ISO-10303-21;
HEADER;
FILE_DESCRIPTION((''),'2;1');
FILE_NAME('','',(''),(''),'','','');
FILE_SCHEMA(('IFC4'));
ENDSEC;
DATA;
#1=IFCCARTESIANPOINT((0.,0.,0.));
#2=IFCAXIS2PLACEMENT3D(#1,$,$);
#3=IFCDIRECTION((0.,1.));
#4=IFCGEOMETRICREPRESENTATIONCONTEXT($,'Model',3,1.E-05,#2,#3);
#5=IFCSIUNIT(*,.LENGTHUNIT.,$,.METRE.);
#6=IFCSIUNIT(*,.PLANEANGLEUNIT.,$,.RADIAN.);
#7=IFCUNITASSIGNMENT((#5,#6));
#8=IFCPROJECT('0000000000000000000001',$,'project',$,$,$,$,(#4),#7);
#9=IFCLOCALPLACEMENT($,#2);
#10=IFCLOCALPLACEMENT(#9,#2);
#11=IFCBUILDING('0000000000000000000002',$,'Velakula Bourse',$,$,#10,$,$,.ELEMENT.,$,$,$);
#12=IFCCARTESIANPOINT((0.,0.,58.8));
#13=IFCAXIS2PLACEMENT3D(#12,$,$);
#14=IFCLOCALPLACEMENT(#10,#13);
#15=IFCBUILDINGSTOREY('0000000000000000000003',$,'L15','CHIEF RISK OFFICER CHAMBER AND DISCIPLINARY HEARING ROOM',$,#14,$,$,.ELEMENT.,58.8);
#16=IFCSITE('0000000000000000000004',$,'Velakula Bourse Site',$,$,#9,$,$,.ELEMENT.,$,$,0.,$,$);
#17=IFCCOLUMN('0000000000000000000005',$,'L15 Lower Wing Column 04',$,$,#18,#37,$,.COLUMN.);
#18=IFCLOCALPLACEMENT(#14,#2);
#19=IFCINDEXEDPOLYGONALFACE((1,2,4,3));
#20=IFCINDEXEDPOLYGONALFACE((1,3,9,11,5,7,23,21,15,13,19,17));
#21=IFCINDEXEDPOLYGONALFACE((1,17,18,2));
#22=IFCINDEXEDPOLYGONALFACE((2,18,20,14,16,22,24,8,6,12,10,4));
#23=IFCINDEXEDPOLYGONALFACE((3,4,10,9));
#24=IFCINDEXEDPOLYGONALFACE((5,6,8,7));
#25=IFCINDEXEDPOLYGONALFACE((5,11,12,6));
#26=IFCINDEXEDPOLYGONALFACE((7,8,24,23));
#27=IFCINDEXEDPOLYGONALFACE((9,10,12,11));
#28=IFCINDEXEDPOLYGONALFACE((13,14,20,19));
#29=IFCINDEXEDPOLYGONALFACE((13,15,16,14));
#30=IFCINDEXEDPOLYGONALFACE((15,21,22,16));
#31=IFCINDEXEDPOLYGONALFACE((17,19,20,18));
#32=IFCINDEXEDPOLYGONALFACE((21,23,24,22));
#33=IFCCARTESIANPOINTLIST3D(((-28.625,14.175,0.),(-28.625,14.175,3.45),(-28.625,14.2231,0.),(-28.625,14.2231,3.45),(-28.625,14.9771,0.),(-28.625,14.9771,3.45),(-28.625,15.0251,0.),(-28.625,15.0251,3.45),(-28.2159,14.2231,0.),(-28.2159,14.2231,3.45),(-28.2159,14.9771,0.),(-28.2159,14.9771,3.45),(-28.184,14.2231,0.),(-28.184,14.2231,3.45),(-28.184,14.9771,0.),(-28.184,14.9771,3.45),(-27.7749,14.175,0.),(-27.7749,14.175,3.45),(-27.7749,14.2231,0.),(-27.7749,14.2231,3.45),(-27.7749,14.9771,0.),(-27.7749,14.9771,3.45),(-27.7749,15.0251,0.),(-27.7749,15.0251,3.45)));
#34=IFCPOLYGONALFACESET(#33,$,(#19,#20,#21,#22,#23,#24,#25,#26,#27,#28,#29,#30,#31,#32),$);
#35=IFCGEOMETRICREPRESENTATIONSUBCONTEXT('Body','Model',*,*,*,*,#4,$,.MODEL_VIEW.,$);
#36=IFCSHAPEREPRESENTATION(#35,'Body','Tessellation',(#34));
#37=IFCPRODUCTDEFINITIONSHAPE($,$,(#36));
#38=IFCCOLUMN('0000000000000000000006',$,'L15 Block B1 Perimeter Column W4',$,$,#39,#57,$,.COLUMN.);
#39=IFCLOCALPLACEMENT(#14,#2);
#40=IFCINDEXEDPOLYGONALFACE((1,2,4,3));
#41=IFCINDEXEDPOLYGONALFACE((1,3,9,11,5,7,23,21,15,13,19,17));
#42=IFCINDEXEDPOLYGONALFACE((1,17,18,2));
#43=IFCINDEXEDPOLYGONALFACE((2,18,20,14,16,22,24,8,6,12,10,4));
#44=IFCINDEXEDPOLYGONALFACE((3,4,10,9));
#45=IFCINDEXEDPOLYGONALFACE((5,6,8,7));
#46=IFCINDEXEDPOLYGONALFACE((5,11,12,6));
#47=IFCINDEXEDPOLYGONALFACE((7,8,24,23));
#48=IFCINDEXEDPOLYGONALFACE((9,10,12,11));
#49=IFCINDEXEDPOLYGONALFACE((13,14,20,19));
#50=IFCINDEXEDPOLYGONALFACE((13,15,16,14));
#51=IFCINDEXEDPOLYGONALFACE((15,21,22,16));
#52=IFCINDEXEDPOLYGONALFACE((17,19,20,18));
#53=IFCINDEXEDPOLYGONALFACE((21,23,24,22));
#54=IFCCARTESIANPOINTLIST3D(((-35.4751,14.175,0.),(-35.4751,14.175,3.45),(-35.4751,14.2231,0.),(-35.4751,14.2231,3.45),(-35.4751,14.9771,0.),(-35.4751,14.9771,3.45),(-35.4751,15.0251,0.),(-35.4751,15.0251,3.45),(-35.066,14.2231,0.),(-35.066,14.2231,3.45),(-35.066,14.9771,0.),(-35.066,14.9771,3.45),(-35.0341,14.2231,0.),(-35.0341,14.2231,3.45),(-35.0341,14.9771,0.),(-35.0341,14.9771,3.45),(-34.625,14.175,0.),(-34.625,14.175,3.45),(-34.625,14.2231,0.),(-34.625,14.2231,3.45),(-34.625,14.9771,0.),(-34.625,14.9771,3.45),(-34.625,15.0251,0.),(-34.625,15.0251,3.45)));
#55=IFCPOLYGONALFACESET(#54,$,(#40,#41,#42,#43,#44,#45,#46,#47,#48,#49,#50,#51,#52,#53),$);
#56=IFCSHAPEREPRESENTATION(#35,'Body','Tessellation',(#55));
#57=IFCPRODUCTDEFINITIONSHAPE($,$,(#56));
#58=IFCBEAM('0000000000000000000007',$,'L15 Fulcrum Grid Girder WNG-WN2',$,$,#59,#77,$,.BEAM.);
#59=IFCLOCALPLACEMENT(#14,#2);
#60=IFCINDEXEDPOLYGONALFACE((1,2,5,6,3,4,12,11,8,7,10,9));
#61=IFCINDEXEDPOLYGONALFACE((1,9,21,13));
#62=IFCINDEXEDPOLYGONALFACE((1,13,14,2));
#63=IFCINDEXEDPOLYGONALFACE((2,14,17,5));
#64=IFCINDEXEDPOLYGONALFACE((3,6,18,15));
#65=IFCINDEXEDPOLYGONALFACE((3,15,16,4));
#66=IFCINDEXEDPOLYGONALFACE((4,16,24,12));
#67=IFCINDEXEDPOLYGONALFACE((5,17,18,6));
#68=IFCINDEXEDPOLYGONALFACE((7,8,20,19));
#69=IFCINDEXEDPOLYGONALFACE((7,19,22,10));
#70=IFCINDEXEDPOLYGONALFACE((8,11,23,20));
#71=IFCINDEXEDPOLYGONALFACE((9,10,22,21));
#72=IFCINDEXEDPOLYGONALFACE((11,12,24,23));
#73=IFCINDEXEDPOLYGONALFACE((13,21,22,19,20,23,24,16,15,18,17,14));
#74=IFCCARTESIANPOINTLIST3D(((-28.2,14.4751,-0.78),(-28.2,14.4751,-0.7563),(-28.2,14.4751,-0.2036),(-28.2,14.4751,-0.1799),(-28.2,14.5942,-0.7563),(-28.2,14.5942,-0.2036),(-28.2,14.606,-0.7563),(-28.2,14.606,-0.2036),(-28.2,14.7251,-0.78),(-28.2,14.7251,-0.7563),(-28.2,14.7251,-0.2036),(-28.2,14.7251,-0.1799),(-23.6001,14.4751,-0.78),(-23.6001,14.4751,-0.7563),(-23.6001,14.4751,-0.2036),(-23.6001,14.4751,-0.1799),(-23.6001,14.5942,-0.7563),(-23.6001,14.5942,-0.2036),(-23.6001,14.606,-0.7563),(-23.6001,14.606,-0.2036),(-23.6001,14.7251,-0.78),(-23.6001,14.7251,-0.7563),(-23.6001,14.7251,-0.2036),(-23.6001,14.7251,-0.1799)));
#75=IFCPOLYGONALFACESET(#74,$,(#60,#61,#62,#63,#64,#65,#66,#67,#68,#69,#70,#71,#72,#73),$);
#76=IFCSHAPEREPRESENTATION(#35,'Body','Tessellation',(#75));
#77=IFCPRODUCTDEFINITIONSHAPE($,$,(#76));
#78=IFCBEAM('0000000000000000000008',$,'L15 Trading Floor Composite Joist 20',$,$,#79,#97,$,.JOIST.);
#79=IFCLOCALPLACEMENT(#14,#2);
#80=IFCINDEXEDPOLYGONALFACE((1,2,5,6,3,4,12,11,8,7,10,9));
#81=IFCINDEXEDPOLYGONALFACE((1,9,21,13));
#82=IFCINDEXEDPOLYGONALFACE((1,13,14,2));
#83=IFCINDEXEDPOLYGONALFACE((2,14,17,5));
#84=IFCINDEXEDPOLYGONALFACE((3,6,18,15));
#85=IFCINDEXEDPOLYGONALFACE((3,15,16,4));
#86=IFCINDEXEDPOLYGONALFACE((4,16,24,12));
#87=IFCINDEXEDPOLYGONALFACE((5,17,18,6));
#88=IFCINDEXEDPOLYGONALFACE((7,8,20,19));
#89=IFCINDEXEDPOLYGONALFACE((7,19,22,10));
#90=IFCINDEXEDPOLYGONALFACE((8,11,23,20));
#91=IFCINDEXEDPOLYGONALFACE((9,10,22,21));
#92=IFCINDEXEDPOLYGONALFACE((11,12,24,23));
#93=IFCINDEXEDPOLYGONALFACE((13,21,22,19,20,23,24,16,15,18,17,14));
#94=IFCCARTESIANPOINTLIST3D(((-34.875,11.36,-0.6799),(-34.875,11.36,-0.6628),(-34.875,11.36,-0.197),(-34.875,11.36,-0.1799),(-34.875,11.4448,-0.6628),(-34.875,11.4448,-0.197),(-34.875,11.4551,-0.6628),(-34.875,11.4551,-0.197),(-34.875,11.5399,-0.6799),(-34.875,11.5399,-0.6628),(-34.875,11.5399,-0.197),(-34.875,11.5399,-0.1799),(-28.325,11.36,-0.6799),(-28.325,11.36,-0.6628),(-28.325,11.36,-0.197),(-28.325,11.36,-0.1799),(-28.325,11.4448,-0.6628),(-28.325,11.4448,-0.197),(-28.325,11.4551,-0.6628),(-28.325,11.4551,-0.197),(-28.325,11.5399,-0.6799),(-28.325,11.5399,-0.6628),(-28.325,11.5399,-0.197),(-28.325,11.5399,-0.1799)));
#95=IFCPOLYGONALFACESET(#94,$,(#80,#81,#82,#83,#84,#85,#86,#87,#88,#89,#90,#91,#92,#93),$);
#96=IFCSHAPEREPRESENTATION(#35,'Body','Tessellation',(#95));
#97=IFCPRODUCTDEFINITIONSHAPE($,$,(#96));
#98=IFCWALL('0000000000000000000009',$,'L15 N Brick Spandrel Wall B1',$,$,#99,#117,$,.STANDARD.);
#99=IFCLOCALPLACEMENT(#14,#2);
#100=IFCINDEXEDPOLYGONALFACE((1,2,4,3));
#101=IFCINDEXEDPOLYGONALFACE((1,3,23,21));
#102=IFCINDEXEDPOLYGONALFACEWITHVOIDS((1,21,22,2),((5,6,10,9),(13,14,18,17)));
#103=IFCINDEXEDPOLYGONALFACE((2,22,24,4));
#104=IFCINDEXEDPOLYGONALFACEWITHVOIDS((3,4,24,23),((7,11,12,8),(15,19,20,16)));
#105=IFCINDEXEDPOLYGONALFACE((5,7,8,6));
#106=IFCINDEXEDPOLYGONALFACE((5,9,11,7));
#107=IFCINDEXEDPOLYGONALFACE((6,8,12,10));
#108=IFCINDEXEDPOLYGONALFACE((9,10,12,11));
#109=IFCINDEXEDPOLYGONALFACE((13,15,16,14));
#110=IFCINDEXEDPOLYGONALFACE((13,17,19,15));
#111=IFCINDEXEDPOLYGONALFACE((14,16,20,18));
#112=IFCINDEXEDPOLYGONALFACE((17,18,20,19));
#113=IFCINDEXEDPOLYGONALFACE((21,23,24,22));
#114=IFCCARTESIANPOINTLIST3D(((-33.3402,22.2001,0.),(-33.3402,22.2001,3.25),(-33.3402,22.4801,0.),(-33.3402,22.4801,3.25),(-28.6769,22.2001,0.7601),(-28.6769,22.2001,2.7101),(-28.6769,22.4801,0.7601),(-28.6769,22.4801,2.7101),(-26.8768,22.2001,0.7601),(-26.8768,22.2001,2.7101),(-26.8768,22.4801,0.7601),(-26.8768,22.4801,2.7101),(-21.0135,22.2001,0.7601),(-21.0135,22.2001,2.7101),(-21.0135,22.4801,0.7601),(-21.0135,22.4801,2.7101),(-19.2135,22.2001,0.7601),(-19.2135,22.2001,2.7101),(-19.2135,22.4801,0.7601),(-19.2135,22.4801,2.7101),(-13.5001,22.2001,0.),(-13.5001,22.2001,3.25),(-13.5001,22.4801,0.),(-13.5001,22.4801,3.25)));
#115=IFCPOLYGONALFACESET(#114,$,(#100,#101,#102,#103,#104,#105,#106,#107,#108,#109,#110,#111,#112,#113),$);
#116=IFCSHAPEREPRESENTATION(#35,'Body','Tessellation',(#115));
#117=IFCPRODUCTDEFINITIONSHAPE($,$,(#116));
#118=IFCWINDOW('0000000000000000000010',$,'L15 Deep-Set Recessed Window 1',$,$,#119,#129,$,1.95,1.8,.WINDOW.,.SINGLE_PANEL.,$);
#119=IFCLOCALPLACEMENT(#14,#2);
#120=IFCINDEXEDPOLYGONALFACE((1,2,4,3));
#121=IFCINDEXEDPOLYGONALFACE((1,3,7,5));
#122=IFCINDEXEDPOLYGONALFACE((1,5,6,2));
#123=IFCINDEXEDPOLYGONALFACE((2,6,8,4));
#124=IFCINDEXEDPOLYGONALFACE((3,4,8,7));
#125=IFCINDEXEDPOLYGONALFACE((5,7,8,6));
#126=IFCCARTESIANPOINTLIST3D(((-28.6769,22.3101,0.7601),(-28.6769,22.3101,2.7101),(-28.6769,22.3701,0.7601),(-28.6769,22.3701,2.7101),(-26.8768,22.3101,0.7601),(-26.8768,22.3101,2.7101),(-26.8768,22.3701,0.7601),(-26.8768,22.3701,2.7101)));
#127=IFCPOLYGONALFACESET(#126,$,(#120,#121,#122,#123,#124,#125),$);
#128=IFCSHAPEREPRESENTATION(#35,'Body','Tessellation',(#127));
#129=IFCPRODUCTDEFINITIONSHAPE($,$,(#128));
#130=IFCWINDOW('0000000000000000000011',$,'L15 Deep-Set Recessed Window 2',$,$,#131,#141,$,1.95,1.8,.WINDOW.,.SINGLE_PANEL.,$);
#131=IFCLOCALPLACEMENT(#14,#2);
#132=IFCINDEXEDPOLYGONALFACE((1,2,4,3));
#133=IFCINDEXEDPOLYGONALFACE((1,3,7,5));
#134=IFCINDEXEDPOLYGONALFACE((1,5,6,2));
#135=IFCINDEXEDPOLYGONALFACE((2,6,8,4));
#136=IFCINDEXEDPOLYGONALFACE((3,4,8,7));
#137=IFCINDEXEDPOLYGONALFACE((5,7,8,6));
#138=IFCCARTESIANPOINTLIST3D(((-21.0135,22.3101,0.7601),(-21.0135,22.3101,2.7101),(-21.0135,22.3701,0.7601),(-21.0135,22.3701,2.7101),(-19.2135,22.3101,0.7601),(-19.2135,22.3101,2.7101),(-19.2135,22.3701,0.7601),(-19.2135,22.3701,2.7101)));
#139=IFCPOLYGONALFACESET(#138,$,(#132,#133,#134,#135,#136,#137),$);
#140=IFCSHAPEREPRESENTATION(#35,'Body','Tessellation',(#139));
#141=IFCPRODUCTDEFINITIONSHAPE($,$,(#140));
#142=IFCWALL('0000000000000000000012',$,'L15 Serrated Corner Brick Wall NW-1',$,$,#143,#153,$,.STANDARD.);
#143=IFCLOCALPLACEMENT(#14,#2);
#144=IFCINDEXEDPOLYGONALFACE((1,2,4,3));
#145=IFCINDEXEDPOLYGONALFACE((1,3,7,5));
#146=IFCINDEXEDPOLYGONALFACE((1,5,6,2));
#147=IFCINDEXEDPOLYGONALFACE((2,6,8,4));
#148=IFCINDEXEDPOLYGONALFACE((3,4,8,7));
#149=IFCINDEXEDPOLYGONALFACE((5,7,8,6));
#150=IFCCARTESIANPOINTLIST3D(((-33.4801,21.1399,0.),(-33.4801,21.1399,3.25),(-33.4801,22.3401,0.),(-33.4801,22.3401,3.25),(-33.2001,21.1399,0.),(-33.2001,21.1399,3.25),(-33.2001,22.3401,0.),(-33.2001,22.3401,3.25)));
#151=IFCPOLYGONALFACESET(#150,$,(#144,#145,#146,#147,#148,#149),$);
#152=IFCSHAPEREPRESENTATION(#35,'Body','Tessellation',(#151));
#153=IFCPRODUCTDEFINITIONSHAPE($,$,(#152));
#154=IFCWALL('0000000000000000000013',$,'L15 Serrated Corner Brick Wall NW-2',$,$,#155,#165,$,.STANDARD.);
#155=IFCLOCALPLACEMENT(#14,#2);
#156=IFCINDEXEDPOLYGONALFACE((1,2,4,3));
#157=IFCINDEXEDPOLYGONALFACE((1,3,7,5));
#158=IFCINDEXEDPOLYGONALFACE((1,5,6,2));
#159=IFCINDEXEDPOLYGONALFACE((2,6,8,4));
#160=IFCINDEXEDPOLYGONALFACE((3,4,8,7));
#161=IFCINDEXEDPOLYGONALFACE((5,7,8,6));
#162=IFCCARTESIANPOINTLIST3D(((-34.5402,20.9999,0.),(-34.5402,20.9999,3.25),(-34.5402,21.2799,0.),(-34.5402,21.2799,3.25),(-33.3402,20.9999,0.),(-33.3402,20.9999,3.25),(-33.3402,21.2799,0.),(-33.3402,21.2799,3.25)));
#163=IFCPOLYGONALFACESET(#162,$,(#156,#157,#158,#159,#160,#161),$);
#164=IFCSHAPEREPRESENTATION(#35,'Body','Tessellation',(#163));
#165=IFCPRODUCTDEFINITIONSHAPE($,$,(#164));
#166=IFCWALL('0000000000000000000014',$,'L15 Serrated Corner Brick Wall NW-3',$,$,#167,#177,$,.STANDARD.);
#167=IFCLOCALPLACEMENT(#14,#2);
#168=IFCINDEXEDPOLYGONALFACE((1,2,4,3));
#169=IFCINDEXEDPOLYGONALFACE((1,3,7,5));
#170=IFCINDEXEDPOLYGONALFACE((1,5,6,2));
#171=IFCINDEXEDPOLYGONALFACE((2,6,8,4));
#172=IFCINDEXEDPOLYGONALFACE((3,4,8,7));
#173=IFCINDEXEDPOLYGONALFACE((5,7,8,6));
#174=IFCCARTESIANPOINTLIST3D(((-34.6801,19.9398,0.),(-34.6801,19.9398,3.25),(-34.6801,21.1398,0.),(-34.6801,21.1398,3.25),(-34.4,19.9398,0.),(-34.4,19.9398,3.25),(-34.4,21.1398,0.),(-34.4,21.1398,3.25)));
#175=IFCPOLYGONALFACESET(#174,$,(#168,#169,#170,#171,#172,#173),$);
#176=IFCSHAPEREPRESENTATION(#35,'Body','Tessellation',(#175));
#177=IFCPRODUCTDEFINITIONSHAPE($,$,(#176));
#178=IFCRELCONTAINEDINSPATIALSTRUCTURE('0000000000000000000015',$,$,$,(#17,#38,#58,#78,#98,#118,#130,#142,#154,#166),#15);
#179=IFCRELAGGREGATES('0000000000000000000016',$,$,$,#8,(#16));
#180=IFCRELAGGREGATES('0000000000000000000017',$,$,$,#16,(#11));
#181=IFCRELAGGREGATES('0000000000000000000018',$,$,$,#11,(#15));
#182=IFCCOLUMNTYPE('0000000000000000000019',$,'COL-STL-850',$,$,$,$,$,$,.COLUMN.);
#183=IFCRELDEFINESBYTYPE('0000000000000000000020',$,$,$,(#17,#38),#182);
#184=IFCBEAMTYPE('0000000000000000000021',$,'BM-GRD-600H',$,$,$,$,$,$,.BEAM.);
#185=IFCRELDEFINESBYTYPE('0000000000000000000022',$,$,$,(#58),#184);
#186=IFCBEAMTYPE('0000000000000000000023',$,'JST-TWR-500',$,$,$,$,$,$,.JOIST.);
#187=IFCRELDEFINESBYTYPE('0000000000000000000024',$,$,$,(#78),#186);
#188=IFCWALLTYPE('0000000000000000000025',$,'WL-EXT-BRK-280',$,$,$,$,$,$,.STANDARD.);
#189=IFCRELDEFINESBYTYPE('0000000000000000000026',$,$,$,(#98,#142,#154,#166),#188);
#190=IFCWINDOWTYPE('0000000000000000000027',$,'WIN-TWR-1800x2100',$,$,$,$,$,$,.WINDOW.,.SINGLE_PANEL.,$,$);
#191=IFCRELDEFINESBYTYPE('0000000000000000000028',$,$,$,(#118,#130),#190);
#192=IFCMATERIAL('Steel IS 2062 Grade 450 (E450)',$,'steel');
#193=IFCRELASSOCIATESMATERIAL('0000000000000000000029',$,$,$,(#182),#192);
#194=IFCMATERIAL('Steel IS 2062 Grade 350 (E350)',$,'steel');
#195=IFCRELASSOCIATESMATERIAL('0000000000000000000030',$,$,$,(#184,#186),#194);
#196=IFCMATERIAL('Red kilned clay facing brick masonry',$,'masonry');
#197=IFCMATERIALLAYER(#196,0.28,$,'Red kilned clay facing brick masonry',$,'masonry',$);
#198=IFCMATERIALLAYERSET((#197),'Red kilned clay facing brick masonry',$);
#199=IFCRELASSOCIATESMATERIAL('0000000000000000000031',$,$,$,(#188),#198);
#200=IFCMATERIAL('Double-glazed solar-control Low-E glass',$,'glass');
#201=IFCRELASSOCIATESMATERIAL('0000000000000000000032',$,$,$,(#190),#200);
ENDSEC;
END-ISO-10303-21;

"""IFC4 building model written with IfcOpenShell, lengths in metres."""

from ifc_helpers import new_model, si_unit, direction, frame, frame_2d, origin, origin_2d, place, context, subcontext, project, spatial, rectangle, i_section, extrude, material, layer, layer_set, material_profile, profile_set, type_object, element, fill, save


model = new_model("IFC4")

# Units and contexts
model_context = context("Model", 3, precision=1e-05, world=origin(), true_north=direction((0.0, 1.0)))
body_context = subcontext(model_context, "Body", "Model", "MODEL_VIEW")
ifc_project = project(units=[si_unit("LENGTHUNIT", "METRE"), si_unit("PLANEANGLEUNIT", "RADIAN")], contexts=[model_context])

# Site, building, storey
site_placement = place(None, origin())
site = spatial("IfcSite", under=ifc_project, at=site_placement, Name="Velakula Bourse Site", CompositionType="ELEMENT", RefElevation=0.0)
building_placement = place(site_placement, origin())
building = spatial("IfcBuilding", under=site, at=building_placement, Name="Velakula Bourse", CompositionType="ELEMENT")
storey_placement = place(building_placement, frame((0.0, 0.0, 58.8)))
storey = spatial("IfcBuildingStorey", under=building, at=storey_placement, Name="L15", Description="CHIEF RISK OFFICER CHAMBER AND DISCIPLINARY HEARING ROOM", CompositionType="ELEMENT", Elevation=58.8)

# Columns
ifc_material_1 = material(Name="Steel IS 2062 Grade 450 (E450)", Category="steel")
ifc_material_profile_1 = material_profile(ifc_material_1, i_section(OverallWidth=0.8501, OverallDepth=0.8501, WebThickness=0.032, FlangeThickness=0.0481, at=origin_2d()), Name="Steel IS 2062 Grade 450 (E450)")
ifc_profile_set_1 = profile_set([ifc_material_profile_1], Name="Steel IS 2062 Grade 450 (E450)")
column_type = type_object("IfcColumnType", Name="COL-STL-850", PredefinedType="COLUMN", material=ifc_profile_set_1)
for number, where, z_axis, x_axis, name in (
    (1, (-28.2, 14.6001, 0.0), (0.0, 0.0, 1.0), (1.0, 0.0, 0.0), "L15 Lower Wing Column 04"),
    (2, (-35.05, 14.6001, 0.0), (0.0, 0.0, 1.0), (1.0, 0.0, 0.0), "L15 Block B1 Perimeter Column W4"),
):
    element("IfcColumn", number, at=place(storey_placement, frame(where, z_axis=z_axis, x_axis=x_axis)), inside=storey, type_object=column_type, Name=name, PredefinedType="COLUMN", context=body_context, shape_type="SweptSolid", body=[
        extrude(i_section(OverallWidth=0.8501, OverallDepth=0.8501, WebThickness=0.032, FlangeThickness=0.0481, at=origin_2d()), origin(), (0.0, 0.0, 1.0), 3.45),
    ])

# Beams
ifc_material_2 = material(Name="Steel IS 2062 Grade 350 (E350)", Category="steel")
ifc_material_profile_2 = material_profile(ifc_material_2, i_section(OverallWidth=0.25, OverallDepth=0.6001, WebThickness=0.0117, FlangeThickness=0.0237, at=origin_2d()), Name="Steel IS 2062 Grade 350 (E350)")
ifc_profile_set_2 = profile_set([ifc_material_profile_2], Name="Steel IS 2062 Grade 350 (E350)")
beam_type_1 = type_object("IfcBeamType", Name="BM-GRD-600H", PredefinedType="BEAM", material=ifc_profile_set_2)
beam_1_placement = place(storey_placement, frame((-28.2, 14.6001, -0.48), z_axis=(1.0, 0.0, 0.0), x_axis=(0.0, 1.0, 0.0)))
element("IfcBeam", 3, at=beam_1_placement, inside=storey, type_object=beam_type_1, Name="L15 Fulcrum Grid Girder WNG-WN2", PredefinedType="BEAM", context=body_context, shape_type="SweptSolid", body=[
    extrude(i_section(OverallWidth=0.25, OverallDepth=0.6001, WebThickness=0.0117, FlangeThickness=0.0237, at=origin_2d()), origin(), (0.0, 0.0, 1.0), 4.5999),
])
ifc_material_profile_3 = material_profile(ifc_material_2, i_section(OverallWidth=0.1799, OverallDepth=0.5, WebThickness=0.0103, FlangeThickness=0.0171, at=origin_2d()), Name="Steel IS 2062 Grade 350 (E350)")
ifc_profile_set_3 = profile_set([ifc_material_profile_3], Name="Steel IS 2062 Grade 350 (E350)")
beam_type_2 = type_object("IfcBeamType", Name="JST-TWR-500", PredefinedType="JOIST", material=ifc_profile_set_3)
beam_2_placement = place(storey_placement, frame((-34.875, 11.45, -0.4299), z_axis=(1.0, 0.0, 0.0), x_axis=(0.0, 1.0, 0.0)))
element("IfcBeam", 4, at=beam_2_placement, inside=storey, type_object=beam_type_2, Name="L15 Trading Floor Composite Joist 20", PredefinedType="JOIST", context=body_context, shape_type="SweptSolid", body=[
    extrude(i_section(OverallWidth=0.1799, OverallDepth=0.5, WebThickness=0.0103, FlangeThickness=0.0171, at=origin_2d()), origin(), (0.0, 0.0, 1.0), 6.55),
])

# Wall, openings, windows
ifc_material_3 = material(Name="Red kilned clay facing brick masonry", Category="masonry")
ifc_layer_1 = layer(ifc_material_3, 0.28, Name="Red kilned clay facing brick masonry", Category="masonry")
ifc_layer_set_1 = layer_set([ifc_layer_1], Name="Red kilned clay facing brick masonry")
wall_type_1 = type_object("IfcWallType", Name="WL-EXT-BRK-280", PredefinedType="STANDARD", material=ifc_layer_set_1)
wall_1_placement = place(storey_placement, frame((-33.3401, 22.3401, 0.0), z_axis=(0.0, 0.0, 1.0), x_axis=(1.0, 0.0, 0.0)))
wall_1 = element("IfcWall", 5, at=wall_1_placement, inside=storey, type_object=wall_type_1, Name="L15 N Brick Spandrel Wall B1", PredefinedType="STANDARD", context=body_context, shape_type="SweptSolid", body=[
    extrude(rectangle(XDim=19.8401, YDim=0.28, at=frame_2d((9.9199, 0.0))), origin(), (0.0, 0.0, 1.0), 3.25),
])
opening_1_placement = place(wall_1_placement, frame((4.6633, 0.0, 0.76)))
opening_1 = element("IfcOpeningElement", 6, at=opening_1_placement, cuts=wall_1, PredefinedType="OPENING", context=body_context, shape_type="SweptSolid", body=[
    extrude(rectangle(XDim=1.8, YDim=1.95, at=frame_2d((0.8999, 0.9751))), frame((0.0, 0.1499, 0.0), z_axis=(0.0, -1.0, 0.0), x_axis=(1.0, 0.0, 0.0)), (0.0, 0.0, 1.0), 0.3),
])
opening_2_placement = place(wall_1_placement, frame((12.3267, 0.0, 0.76)))
opening_2 = element("IfcOpeningElement", 7, at=opening_2_placement, cuts=wall_1, PredefinedType="OPENING", context=body_context, shape_type="SweptSolid", body=[
    extrude(rectangle(XDim=1.8, YDim=1.95, at=frame_2d((0.8999, 0.9751))), frame((0.0, 0.1499, 0.0), z_axis=(0.0, -1.0, 0.0), x_axis=(1.0, 0.0, 0.0)), (0.0, 0.0, 1.0), 0.3),
])
ifc_material_4 = material(Name="Double-glazed solar-control Low-E glass", Category="glass")
window_type = type_object("IfcWindowType", Name="WIN-TWR-1800x2100", PartitioningType="SINGLE_PANEL", PredefinedType="WINDOW", material=ifc_material_4)
window_1_placement = place(opening_1_placement, origin())
window_1 = element("IfcWindow", 8, at=window_1_placement, inside=storey, type_object=window_type, Name="L15 Deep-Set Recessed Window 1", OverallHeight=1.95, OverallWidth=1.8, PartitioningType="SINGLE_PANEL", PredefinedType="WINDOW", context=body_context, shape_type="SweptSolid", body=[
    extrude(rectangle(XDim=1.8, YDim=1.95, at=frame_2d((0.8999, 0.9751))), frame((0.0, 0.03, 0.0), z_axis=(0.0, -1.0, 0.0), x_axis=(1.0, 0.0, 0.0)), (0.0, 0.0, 1.0), 0.0601),
])
fill(opening_1, window_1)
window_2_placement = place(opening_2_placement, origin())
window_2 = element("IfcWindow", 9, at=window_2_placement, inside=storey, type_object=window_type, Name="L15 Deep-Set Recessed Window 2", OverallHeight=1.95, OverallWidth=1.8, PartitioningType="SINGLE_PANEL", PredefinedType="WINDOW", context=body_context, shape_type="SweptSolid", body=[
    extrude(rectangle(XDim=1.8, YDim=1.95, at=frame_2d((0.8999, 0.9751))), frame((0.0, 0.03, 0.0), z_axis=(0.0, -1.0, 0.0), x_axis=(1.0, 0.0, 0.0)), (0.0, 0.0, 1.0), 0.0601),
])
fill(opening_2, window_2)

# Walls
wall_2_placement = place(storey_placement, frame((-33.3401, 22.3401, 0.0), z_axis=(0.0, 0.0, 1.0), x_axis=(0.0, -1.0, 0.0)))
element("IfcWall", 10, at=wall_2_placement, inside=storey, type_object=wall_type_1, Name="L15 Serrated Corner Brick Wall NW-1", PredefinedType="STANDARD", context=body_context, shape_type="SweptSolid", body=[
    extrude(rectangle(XDim=1.2002, YDim=0.28, at=frame_2d((0.6001, 0.0))), origin(), (0.0, 0.0, 1.0), 3.25),
])
for number, where, z_axis, x_axis, name in (
    (11, (-33.3401, 21.1399, 0.0), (0.0, 0.0, 1.0), (-1.0, 0.0, 0.0), "L15 Serrated Corner Brick Wall NW-2"),
    (12, (-34.54, 21.1399, 0.0), (0.0, 0.0, 1.0), (0.0, -1.0, 0.0), "L15 Serrated Corner Brick Wall NW-3"),
):
    element("IfcWall", number, at=place(storey_placement, frame(where, z_axis=z_axis, x_axis=x_axis)), inside=storey, type_object=wall_type_1, Name=name, PredefinedType="STANDARD", context=body_context, shape_type="SweptSolid", body=[
        extrude(rectangle(XDim=1.2, YDim=0.28, at=frame_2d((0.6001, 0.0))), origin(), (0.0, 0.0, 1.0), 3.25),
    ])

save(model, "model.ifc")
